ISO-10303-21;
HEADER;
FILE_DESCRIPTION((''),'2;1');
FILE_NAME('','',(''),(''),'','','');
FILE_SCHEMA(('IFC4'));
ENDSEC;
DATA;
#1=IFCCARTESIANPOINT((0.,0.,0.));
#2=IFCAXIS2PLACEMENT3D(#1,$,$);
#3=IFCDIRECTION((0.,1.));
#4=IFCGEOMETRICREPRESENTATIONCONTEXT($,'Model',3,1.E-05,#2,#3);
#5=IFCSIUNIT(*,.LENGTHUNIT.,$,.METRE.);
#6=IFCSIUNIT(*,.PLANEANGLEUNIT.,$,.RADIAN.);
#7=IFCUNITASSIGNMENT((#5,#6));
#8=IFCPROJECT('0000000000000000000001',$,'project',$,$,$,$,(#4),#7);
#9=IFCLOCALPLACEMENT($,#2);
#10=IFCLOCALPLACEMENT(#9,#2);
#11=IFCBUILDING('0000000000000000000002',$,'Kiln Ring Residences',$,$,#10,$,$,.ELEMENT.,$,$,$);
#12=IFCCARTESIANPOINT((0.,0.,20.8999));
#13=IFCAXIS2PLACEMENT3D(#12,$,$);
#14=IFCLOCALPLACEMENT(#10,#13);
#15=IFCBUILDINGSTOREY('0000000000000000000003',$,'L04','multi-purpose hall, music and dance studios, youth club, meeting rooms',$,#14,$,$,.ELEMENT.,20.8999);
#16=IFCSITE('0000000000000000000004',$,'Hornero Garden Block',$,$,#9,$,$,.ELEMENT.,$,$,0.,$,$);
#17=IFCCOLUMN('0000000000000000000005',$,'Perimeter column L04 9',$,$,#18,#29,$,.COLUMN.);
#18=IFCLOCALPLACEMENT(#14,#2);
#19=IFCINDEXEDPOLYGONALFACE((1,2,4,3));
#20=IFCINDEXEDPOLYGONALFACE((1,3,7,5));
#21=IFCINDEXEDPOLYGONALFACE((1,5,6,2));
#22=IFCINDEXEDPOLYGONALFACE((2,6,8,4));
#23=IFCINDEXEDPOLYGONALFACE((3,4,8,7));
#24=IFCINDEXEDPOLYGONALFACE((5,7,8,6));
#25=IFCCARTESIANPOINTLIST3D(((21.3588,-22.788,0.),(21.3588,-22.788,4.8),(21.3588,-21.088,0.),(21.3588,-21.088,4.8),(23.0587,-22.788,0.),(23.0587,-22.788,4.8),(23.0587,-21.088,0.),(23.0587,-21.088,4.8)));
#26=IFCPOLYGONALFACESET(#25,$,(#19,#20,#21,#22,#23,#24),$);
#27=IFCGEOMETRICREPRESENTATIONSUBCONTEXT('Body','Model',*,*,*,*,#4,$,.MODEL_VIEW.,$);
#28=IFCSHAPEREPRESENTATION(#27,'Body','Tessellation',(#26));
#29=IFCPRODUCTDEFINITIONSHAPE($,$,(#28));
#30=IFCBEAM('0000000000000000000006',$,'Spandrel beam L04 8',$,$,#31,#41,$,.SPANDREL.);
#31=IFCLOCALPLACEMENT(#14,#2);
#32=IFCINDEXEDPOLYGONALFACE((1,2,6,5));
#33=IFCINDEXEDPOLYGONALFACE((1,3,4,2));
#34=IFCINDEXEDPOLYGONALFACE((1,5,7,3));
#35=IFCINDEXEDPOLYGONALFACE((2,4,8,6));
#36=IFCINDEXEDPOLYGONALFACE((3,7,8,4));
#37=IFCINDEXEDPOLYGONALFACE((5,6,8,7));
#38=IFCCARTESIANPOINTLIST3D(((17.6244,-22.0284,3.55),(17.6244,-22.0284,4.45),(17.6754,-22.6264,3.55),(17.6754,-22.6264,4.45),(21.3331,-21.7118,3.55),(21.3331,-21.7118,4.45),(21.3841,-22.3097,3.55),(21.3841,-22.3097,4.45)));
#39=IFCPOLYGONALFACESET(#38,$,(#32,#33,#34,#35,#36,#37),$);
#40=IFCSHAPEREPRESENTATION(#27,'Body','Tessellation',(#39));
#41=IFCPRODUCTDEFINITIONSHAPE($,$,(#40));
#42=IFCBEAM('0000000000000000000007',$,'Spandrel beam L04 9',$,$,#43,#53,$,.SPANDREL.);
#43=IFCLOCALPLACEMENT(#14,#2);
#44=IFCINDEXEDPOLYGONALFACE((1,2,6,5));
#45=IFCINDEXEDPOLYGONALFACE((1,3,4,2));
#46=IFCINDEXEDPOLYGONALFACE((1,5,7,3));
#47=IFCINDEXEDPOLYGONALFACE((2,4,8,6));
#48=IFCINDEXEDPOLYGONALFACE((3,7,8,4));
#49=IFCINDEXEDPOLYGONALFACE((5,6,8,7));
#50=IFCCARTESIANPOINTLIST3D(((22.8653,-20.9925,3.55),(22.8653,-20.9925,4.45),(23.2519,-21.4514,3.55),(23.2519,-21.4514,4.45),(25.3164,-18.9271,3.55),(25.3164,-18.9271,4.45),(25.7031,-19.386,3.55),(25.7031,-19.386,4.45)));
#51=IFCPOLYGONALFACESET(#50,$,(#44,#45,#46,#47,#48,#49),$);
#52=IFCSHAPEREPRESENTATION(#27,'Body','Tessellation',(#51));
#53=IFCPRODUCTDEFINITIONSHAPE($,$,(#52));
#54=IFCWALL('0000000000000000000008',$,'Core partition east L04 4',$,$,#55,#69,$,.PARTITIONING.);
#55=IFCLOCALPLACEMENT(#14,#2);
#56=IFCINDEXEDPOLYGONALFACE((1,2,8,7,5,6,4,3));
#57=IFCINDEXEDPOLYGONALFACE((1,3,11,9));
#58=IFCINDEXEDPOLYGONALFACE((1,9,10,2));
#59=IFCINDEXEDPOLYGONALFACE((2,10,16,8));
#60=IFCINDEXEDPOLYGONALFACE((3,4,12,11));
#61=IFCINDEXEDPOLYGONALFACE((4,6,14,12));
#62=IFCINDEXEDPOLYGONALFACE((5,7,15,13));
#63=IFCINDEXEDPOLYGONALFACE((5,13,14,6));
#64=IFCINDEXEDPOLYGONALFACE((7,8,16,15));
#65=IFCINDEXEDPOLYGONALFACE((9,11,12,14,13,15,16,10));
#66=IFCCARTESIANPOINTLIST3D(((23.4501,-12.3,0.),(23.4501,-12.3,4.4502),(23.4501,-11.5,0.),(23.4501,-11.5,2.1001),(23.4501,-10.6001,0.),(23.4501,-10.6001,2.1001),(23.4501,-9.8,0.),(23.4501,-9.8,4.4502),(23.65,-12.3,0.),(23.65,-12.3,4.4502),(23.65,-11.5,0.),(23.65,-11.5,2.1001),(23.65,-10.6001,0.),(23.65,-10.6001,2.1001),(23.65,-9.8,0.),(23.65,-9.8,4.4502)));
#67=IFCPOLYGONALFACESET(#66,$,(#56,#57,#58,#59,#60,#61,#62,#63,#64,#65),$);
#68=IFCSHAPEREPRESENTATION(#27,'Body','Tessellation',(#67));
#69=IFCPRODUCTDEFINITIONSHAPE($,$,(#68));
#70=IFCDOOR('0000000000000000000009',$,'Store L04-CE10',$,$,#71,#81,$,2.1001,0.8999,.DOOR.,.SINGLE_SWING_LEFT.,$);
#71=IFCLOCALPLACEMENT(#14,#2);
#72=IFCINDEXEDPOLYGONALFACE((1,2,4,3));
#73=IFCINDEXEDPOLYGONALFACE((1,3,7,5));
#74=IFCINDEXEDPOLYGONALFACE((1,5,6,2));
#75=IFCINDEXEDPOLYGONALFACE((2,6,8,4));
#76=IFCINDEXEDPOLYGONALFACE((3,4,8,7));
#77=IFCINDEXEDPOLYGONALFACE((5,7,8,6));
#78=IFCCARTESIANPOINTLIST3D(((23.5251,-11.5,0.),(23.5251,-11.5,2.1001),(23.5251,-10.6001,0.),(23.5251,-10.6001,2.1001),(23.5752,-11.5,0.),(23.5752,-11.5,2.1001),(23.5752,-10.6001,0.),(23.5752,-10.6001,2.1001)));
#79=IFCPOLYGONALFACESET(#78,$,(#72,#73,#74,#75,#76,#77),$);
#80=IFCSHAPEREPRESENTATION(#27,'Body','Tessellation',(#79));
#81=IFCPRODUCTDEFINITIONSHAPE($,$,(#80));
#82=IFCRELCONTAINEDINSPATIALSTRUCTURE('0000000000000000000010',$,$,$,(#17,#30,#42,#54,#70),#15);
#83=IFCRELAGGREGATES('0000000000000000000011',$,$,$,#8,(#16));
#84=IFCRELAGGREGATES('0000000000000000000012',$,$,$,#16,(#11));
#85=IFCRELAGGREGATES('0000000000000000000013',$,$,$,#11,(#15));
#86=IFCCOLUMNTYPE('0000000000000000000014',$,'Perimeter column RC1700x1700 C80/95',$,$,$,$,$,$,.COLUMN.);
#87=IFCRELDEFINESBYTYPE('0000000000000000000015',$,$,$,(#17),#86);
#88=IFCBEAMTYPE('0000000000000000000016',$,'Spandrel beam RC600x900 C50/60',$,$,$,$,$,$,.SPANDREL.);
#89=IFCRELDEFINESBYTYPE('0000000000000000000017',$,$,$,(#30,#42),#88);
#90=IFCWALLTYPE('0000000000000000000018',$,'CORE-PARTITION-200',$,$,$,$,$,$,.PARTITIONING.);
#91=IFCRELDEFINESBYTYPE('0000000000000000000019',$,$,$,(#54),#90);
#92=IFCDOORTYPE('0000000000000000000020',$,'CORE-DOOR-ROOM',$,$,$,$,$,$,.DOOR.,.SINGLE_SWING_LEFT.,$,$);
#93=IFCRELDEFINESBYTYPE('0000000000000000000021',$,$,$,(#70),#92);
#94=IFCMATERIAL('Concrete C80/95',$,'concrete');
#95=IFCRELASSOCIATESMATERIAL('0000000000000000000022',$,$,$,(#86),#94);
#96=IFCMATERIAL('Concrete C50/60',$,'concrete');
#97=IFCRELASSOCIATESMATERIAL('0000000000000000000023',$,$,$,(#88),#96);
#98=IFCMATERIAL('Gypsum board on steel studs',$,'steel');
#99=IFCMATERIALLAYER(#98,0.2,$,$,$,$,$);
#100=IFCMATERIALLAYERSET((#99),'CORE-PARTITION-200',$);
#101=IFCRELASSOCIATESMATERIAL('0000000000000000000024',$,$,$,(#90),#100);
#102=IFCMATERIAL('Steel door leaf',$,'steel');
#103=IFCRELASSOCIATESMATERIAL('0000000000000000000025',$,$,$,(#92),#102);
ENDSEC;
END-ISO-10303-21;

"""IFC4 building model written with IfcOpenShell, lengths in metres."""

from ifc_helpers import new_model, si_unit, direction, frame, frame_2d, origin, origin_2d, place, context, subcontext, project, spatial, rectangle, extrude, material, layer, layer_set, material_profile, profile_set, type_object, element, fill, save


model = new_model("IFC4")

# Units and contexts
model_context = context("Model", 3, precision=1e-05, world=origin(), true_north=direction((0.0, 1.0)))
body_context = subcontext(model_context, "Body", "Model", "MODEL_VIEW")
ifc_project = project(units=[si_unit("LENGTHUNIT", "METRE"), si_unit("PLANEANGLEUNIT", "RADIAN")], contexts=[model_context])

# Site, building, storey
site_placement = place(None, origin())
site = spatial("IfcSite", under=ifc_project, at=site_placement, Name="Hornero Garden Block", CompositionType="ELEMENT", RefElevation=0.0)
building_placement = place(site_placement, origin())
building = spatial("IfcBuilding", under=site, at=building_placement, Name="Kiln Ring Residences", CompositionType="ELEMENT")
storey_placement = place(building_placement, frame((0.0, 0.0, 20.8999)))
storey = spatial("IfcBuildingStorey", under=building, at=storey_placement, Name="L04", Description="multi-purpose hall, music and dance studios, youth club, meeting rooms", CompositionType="ELEMENT", Elevation=20.8999)

# Column
ifc_material_1 = material(Name="Concrete C80/95", Category="concrete")
ifc_material_profile_1 = material_profile(ifc_material_1, rectangle(XDim=1.7, YDim=1.7, at=origin_2d()), Name="RC1700x1700")
ifc_profile_set_1 = profile_set([ifc_material_profile_1], Name="Concrete C80/95")
column_type = type_object("IfcColumnType", Name="Perimeter column RC1700x1700 C80/95", PredefinedType="COLUMN", material=ifc_profile_set_1)
column_placement = place(storey_placement, frame((22.2087, -21.938, 0.0), z_axis=(0.0, 0.0, 1.0), x_axis=(1.0, 0.0, 0.0)))
element("IfcColumn", 1, at=column_placement, inside=storey, type_object=column_type, Name="Perimeter column L04 9", PredefinedType="COLUMN", context=body_context, shape_type="SweptSolid", body=[
    extrude(rectangle(XDim=1.7, YDim=1.7, at=origin_2d()), origin(), (0.0, 0.0, 1.0), 4.8),
])

# Beams
ifc_material_2 = material(Name="Concrete C50/60", Category="concrete")
ifc_material_profile_2 = material_profile(ifc_material_2, rectangle(XDim=0.6001, YDim=0.8999, at=origin_2d()), Name="RC600x900")
ifc_profile_set_2 = profile_set([ifc_material_profile_2], Name="Concrete C50/60")
beam_type = type_object("IfcBeamType", Name="Spandrel beam RC600x900 C50/60", PredefinedType="SPANDREL", material=ifc_profile_set_2)
beam_1_placement = place(storey_placement, frame((17.6499, -22.3274, 4.0), z_axis=(0.996375, 0.08507, 0.0), x_axis=(-0.08507, 0.996375, 0.0)))
element("IfcBeam", 2, at=beam_1_placement, inside=storey, type_object=beam_type, Name="Spandrel beam L04 8", PredefinedType="SPANDREL", context=body_context, shape_type="SweptSolid", body=[
    extrude(rectangle(XDim=0.6001, YDim=0.8999, at=origin_2d()), origin(), (0.0, 0.0, 1.0), 3.7222),
])
beam_2_placement = place(storey_placement, frame((23.0586, -21.2219, 4.0), z_axis=(0.764714, 0.64437, 0.0), x_axis=(-0.64437, 0.764714, 0.0)))
element("IfcBeam", 3, at=beam_2_placement, inside=storey, type_object=beam_type, Name="Spandrel beam L04 9", PredefinedType="SPANDREL", context=body_context, shape_type="SweptSolid", body=[
    extrude(rectangle(XDim=0.6001, YDim=0.8999, at=origin_2d()), origin(), (0.0, 0.0, 1.0), 3.2053),
])

# Wall, opening, door
ifc_material_3 = material(Name="Gypsum board on steel studs", Category="steel")
ifc_layer_1 = layer(ifc_material_3, 0.2)
ifc_layer_set_1 = layer_set([ifc_layer_1], Name="CORE-PARTITION-200")
wall_type_1 = type_object("IfcWallType", Name="CORE-PARTITION-200", PredefinedType="PARTITIONING", material=ifc_layer_set_1)
wall_1_placement = place(storey_placement, frame((23.55, -12.3, 0.0), z_axis=(0.0, 0.0, 1.0), x_axis=(0.0, 1.0, 0.0)))
wall_1 = element("IfcWall", 4, at=wall_1_placement, inside=storey, type_object=wall_type_1, Name="Core partition east L04 4", PredefinedType="PARTITIONING", context=body_context, shape_type="SweptSolid", body=[
    extrude(rectangle(XDim=2.5, YDim=0.2, at=frame_2d((1.25, 0.0))), origin(), (0.0, 0.0, 1.0), 4.4502),
])
opening_1_placement = place(wall_1_placement, frame((0.8, 0.0, 0.0)))
opening_1 = element("IfcOpeningElement", 5, at=opening_1_placement, cuts=wall_1, PredefinedType="OPENING", context=body_context, shape_type="SweptSolid", body=[
    extrude(rectangle(XDim=0.8999, YDim=2.1001, at=frame_2d((0.45, 1.05))), frame((0.0, 0.1099, 0.0), z_axis=(0.0, -1.0, 0.0), x_axis=(1.0, 0.0, 0.0)), (0.0, 0.0, 1.0), 0.22),
])
ifc_material_4 = material(Name="Steel door leaf", Category="steel")
door_type_1 = type_object("IfcDoorType", Name="CORE-DOOR-ROOM", OperationType="SINGLE_SWING_LEFT", PredefinedType="DOOR", material=ifc_material_4)
door_1_placement = place(opening_1_placement, origin())
door_1 = element("IfcDoor", 6, at=door_1_placement, inside=storey, type_object=door_type_1, Name="Store L04-CE10", OperationType="SINGLE_SWING_LEFT", OverallHeight=2.1001, OverallWidth=0.8999, PredefinedType="DOOR", context=body_context, shape_type="SweptSolid", body=[
    extrude(rectangle(XDim=0.8999, YDim=2.1001, at=frame_2d((0.45, 1.05))), frame((0.0, 0.0249, 0.0), z_axis=(0.0, -1.0, 0.0), x_axis=(1.0, 0.0, 0.0)), (0.0, 0.0, 1.0), 0.05),
])
fill(opening_1, door_1)

save(model, "model.ifc")
